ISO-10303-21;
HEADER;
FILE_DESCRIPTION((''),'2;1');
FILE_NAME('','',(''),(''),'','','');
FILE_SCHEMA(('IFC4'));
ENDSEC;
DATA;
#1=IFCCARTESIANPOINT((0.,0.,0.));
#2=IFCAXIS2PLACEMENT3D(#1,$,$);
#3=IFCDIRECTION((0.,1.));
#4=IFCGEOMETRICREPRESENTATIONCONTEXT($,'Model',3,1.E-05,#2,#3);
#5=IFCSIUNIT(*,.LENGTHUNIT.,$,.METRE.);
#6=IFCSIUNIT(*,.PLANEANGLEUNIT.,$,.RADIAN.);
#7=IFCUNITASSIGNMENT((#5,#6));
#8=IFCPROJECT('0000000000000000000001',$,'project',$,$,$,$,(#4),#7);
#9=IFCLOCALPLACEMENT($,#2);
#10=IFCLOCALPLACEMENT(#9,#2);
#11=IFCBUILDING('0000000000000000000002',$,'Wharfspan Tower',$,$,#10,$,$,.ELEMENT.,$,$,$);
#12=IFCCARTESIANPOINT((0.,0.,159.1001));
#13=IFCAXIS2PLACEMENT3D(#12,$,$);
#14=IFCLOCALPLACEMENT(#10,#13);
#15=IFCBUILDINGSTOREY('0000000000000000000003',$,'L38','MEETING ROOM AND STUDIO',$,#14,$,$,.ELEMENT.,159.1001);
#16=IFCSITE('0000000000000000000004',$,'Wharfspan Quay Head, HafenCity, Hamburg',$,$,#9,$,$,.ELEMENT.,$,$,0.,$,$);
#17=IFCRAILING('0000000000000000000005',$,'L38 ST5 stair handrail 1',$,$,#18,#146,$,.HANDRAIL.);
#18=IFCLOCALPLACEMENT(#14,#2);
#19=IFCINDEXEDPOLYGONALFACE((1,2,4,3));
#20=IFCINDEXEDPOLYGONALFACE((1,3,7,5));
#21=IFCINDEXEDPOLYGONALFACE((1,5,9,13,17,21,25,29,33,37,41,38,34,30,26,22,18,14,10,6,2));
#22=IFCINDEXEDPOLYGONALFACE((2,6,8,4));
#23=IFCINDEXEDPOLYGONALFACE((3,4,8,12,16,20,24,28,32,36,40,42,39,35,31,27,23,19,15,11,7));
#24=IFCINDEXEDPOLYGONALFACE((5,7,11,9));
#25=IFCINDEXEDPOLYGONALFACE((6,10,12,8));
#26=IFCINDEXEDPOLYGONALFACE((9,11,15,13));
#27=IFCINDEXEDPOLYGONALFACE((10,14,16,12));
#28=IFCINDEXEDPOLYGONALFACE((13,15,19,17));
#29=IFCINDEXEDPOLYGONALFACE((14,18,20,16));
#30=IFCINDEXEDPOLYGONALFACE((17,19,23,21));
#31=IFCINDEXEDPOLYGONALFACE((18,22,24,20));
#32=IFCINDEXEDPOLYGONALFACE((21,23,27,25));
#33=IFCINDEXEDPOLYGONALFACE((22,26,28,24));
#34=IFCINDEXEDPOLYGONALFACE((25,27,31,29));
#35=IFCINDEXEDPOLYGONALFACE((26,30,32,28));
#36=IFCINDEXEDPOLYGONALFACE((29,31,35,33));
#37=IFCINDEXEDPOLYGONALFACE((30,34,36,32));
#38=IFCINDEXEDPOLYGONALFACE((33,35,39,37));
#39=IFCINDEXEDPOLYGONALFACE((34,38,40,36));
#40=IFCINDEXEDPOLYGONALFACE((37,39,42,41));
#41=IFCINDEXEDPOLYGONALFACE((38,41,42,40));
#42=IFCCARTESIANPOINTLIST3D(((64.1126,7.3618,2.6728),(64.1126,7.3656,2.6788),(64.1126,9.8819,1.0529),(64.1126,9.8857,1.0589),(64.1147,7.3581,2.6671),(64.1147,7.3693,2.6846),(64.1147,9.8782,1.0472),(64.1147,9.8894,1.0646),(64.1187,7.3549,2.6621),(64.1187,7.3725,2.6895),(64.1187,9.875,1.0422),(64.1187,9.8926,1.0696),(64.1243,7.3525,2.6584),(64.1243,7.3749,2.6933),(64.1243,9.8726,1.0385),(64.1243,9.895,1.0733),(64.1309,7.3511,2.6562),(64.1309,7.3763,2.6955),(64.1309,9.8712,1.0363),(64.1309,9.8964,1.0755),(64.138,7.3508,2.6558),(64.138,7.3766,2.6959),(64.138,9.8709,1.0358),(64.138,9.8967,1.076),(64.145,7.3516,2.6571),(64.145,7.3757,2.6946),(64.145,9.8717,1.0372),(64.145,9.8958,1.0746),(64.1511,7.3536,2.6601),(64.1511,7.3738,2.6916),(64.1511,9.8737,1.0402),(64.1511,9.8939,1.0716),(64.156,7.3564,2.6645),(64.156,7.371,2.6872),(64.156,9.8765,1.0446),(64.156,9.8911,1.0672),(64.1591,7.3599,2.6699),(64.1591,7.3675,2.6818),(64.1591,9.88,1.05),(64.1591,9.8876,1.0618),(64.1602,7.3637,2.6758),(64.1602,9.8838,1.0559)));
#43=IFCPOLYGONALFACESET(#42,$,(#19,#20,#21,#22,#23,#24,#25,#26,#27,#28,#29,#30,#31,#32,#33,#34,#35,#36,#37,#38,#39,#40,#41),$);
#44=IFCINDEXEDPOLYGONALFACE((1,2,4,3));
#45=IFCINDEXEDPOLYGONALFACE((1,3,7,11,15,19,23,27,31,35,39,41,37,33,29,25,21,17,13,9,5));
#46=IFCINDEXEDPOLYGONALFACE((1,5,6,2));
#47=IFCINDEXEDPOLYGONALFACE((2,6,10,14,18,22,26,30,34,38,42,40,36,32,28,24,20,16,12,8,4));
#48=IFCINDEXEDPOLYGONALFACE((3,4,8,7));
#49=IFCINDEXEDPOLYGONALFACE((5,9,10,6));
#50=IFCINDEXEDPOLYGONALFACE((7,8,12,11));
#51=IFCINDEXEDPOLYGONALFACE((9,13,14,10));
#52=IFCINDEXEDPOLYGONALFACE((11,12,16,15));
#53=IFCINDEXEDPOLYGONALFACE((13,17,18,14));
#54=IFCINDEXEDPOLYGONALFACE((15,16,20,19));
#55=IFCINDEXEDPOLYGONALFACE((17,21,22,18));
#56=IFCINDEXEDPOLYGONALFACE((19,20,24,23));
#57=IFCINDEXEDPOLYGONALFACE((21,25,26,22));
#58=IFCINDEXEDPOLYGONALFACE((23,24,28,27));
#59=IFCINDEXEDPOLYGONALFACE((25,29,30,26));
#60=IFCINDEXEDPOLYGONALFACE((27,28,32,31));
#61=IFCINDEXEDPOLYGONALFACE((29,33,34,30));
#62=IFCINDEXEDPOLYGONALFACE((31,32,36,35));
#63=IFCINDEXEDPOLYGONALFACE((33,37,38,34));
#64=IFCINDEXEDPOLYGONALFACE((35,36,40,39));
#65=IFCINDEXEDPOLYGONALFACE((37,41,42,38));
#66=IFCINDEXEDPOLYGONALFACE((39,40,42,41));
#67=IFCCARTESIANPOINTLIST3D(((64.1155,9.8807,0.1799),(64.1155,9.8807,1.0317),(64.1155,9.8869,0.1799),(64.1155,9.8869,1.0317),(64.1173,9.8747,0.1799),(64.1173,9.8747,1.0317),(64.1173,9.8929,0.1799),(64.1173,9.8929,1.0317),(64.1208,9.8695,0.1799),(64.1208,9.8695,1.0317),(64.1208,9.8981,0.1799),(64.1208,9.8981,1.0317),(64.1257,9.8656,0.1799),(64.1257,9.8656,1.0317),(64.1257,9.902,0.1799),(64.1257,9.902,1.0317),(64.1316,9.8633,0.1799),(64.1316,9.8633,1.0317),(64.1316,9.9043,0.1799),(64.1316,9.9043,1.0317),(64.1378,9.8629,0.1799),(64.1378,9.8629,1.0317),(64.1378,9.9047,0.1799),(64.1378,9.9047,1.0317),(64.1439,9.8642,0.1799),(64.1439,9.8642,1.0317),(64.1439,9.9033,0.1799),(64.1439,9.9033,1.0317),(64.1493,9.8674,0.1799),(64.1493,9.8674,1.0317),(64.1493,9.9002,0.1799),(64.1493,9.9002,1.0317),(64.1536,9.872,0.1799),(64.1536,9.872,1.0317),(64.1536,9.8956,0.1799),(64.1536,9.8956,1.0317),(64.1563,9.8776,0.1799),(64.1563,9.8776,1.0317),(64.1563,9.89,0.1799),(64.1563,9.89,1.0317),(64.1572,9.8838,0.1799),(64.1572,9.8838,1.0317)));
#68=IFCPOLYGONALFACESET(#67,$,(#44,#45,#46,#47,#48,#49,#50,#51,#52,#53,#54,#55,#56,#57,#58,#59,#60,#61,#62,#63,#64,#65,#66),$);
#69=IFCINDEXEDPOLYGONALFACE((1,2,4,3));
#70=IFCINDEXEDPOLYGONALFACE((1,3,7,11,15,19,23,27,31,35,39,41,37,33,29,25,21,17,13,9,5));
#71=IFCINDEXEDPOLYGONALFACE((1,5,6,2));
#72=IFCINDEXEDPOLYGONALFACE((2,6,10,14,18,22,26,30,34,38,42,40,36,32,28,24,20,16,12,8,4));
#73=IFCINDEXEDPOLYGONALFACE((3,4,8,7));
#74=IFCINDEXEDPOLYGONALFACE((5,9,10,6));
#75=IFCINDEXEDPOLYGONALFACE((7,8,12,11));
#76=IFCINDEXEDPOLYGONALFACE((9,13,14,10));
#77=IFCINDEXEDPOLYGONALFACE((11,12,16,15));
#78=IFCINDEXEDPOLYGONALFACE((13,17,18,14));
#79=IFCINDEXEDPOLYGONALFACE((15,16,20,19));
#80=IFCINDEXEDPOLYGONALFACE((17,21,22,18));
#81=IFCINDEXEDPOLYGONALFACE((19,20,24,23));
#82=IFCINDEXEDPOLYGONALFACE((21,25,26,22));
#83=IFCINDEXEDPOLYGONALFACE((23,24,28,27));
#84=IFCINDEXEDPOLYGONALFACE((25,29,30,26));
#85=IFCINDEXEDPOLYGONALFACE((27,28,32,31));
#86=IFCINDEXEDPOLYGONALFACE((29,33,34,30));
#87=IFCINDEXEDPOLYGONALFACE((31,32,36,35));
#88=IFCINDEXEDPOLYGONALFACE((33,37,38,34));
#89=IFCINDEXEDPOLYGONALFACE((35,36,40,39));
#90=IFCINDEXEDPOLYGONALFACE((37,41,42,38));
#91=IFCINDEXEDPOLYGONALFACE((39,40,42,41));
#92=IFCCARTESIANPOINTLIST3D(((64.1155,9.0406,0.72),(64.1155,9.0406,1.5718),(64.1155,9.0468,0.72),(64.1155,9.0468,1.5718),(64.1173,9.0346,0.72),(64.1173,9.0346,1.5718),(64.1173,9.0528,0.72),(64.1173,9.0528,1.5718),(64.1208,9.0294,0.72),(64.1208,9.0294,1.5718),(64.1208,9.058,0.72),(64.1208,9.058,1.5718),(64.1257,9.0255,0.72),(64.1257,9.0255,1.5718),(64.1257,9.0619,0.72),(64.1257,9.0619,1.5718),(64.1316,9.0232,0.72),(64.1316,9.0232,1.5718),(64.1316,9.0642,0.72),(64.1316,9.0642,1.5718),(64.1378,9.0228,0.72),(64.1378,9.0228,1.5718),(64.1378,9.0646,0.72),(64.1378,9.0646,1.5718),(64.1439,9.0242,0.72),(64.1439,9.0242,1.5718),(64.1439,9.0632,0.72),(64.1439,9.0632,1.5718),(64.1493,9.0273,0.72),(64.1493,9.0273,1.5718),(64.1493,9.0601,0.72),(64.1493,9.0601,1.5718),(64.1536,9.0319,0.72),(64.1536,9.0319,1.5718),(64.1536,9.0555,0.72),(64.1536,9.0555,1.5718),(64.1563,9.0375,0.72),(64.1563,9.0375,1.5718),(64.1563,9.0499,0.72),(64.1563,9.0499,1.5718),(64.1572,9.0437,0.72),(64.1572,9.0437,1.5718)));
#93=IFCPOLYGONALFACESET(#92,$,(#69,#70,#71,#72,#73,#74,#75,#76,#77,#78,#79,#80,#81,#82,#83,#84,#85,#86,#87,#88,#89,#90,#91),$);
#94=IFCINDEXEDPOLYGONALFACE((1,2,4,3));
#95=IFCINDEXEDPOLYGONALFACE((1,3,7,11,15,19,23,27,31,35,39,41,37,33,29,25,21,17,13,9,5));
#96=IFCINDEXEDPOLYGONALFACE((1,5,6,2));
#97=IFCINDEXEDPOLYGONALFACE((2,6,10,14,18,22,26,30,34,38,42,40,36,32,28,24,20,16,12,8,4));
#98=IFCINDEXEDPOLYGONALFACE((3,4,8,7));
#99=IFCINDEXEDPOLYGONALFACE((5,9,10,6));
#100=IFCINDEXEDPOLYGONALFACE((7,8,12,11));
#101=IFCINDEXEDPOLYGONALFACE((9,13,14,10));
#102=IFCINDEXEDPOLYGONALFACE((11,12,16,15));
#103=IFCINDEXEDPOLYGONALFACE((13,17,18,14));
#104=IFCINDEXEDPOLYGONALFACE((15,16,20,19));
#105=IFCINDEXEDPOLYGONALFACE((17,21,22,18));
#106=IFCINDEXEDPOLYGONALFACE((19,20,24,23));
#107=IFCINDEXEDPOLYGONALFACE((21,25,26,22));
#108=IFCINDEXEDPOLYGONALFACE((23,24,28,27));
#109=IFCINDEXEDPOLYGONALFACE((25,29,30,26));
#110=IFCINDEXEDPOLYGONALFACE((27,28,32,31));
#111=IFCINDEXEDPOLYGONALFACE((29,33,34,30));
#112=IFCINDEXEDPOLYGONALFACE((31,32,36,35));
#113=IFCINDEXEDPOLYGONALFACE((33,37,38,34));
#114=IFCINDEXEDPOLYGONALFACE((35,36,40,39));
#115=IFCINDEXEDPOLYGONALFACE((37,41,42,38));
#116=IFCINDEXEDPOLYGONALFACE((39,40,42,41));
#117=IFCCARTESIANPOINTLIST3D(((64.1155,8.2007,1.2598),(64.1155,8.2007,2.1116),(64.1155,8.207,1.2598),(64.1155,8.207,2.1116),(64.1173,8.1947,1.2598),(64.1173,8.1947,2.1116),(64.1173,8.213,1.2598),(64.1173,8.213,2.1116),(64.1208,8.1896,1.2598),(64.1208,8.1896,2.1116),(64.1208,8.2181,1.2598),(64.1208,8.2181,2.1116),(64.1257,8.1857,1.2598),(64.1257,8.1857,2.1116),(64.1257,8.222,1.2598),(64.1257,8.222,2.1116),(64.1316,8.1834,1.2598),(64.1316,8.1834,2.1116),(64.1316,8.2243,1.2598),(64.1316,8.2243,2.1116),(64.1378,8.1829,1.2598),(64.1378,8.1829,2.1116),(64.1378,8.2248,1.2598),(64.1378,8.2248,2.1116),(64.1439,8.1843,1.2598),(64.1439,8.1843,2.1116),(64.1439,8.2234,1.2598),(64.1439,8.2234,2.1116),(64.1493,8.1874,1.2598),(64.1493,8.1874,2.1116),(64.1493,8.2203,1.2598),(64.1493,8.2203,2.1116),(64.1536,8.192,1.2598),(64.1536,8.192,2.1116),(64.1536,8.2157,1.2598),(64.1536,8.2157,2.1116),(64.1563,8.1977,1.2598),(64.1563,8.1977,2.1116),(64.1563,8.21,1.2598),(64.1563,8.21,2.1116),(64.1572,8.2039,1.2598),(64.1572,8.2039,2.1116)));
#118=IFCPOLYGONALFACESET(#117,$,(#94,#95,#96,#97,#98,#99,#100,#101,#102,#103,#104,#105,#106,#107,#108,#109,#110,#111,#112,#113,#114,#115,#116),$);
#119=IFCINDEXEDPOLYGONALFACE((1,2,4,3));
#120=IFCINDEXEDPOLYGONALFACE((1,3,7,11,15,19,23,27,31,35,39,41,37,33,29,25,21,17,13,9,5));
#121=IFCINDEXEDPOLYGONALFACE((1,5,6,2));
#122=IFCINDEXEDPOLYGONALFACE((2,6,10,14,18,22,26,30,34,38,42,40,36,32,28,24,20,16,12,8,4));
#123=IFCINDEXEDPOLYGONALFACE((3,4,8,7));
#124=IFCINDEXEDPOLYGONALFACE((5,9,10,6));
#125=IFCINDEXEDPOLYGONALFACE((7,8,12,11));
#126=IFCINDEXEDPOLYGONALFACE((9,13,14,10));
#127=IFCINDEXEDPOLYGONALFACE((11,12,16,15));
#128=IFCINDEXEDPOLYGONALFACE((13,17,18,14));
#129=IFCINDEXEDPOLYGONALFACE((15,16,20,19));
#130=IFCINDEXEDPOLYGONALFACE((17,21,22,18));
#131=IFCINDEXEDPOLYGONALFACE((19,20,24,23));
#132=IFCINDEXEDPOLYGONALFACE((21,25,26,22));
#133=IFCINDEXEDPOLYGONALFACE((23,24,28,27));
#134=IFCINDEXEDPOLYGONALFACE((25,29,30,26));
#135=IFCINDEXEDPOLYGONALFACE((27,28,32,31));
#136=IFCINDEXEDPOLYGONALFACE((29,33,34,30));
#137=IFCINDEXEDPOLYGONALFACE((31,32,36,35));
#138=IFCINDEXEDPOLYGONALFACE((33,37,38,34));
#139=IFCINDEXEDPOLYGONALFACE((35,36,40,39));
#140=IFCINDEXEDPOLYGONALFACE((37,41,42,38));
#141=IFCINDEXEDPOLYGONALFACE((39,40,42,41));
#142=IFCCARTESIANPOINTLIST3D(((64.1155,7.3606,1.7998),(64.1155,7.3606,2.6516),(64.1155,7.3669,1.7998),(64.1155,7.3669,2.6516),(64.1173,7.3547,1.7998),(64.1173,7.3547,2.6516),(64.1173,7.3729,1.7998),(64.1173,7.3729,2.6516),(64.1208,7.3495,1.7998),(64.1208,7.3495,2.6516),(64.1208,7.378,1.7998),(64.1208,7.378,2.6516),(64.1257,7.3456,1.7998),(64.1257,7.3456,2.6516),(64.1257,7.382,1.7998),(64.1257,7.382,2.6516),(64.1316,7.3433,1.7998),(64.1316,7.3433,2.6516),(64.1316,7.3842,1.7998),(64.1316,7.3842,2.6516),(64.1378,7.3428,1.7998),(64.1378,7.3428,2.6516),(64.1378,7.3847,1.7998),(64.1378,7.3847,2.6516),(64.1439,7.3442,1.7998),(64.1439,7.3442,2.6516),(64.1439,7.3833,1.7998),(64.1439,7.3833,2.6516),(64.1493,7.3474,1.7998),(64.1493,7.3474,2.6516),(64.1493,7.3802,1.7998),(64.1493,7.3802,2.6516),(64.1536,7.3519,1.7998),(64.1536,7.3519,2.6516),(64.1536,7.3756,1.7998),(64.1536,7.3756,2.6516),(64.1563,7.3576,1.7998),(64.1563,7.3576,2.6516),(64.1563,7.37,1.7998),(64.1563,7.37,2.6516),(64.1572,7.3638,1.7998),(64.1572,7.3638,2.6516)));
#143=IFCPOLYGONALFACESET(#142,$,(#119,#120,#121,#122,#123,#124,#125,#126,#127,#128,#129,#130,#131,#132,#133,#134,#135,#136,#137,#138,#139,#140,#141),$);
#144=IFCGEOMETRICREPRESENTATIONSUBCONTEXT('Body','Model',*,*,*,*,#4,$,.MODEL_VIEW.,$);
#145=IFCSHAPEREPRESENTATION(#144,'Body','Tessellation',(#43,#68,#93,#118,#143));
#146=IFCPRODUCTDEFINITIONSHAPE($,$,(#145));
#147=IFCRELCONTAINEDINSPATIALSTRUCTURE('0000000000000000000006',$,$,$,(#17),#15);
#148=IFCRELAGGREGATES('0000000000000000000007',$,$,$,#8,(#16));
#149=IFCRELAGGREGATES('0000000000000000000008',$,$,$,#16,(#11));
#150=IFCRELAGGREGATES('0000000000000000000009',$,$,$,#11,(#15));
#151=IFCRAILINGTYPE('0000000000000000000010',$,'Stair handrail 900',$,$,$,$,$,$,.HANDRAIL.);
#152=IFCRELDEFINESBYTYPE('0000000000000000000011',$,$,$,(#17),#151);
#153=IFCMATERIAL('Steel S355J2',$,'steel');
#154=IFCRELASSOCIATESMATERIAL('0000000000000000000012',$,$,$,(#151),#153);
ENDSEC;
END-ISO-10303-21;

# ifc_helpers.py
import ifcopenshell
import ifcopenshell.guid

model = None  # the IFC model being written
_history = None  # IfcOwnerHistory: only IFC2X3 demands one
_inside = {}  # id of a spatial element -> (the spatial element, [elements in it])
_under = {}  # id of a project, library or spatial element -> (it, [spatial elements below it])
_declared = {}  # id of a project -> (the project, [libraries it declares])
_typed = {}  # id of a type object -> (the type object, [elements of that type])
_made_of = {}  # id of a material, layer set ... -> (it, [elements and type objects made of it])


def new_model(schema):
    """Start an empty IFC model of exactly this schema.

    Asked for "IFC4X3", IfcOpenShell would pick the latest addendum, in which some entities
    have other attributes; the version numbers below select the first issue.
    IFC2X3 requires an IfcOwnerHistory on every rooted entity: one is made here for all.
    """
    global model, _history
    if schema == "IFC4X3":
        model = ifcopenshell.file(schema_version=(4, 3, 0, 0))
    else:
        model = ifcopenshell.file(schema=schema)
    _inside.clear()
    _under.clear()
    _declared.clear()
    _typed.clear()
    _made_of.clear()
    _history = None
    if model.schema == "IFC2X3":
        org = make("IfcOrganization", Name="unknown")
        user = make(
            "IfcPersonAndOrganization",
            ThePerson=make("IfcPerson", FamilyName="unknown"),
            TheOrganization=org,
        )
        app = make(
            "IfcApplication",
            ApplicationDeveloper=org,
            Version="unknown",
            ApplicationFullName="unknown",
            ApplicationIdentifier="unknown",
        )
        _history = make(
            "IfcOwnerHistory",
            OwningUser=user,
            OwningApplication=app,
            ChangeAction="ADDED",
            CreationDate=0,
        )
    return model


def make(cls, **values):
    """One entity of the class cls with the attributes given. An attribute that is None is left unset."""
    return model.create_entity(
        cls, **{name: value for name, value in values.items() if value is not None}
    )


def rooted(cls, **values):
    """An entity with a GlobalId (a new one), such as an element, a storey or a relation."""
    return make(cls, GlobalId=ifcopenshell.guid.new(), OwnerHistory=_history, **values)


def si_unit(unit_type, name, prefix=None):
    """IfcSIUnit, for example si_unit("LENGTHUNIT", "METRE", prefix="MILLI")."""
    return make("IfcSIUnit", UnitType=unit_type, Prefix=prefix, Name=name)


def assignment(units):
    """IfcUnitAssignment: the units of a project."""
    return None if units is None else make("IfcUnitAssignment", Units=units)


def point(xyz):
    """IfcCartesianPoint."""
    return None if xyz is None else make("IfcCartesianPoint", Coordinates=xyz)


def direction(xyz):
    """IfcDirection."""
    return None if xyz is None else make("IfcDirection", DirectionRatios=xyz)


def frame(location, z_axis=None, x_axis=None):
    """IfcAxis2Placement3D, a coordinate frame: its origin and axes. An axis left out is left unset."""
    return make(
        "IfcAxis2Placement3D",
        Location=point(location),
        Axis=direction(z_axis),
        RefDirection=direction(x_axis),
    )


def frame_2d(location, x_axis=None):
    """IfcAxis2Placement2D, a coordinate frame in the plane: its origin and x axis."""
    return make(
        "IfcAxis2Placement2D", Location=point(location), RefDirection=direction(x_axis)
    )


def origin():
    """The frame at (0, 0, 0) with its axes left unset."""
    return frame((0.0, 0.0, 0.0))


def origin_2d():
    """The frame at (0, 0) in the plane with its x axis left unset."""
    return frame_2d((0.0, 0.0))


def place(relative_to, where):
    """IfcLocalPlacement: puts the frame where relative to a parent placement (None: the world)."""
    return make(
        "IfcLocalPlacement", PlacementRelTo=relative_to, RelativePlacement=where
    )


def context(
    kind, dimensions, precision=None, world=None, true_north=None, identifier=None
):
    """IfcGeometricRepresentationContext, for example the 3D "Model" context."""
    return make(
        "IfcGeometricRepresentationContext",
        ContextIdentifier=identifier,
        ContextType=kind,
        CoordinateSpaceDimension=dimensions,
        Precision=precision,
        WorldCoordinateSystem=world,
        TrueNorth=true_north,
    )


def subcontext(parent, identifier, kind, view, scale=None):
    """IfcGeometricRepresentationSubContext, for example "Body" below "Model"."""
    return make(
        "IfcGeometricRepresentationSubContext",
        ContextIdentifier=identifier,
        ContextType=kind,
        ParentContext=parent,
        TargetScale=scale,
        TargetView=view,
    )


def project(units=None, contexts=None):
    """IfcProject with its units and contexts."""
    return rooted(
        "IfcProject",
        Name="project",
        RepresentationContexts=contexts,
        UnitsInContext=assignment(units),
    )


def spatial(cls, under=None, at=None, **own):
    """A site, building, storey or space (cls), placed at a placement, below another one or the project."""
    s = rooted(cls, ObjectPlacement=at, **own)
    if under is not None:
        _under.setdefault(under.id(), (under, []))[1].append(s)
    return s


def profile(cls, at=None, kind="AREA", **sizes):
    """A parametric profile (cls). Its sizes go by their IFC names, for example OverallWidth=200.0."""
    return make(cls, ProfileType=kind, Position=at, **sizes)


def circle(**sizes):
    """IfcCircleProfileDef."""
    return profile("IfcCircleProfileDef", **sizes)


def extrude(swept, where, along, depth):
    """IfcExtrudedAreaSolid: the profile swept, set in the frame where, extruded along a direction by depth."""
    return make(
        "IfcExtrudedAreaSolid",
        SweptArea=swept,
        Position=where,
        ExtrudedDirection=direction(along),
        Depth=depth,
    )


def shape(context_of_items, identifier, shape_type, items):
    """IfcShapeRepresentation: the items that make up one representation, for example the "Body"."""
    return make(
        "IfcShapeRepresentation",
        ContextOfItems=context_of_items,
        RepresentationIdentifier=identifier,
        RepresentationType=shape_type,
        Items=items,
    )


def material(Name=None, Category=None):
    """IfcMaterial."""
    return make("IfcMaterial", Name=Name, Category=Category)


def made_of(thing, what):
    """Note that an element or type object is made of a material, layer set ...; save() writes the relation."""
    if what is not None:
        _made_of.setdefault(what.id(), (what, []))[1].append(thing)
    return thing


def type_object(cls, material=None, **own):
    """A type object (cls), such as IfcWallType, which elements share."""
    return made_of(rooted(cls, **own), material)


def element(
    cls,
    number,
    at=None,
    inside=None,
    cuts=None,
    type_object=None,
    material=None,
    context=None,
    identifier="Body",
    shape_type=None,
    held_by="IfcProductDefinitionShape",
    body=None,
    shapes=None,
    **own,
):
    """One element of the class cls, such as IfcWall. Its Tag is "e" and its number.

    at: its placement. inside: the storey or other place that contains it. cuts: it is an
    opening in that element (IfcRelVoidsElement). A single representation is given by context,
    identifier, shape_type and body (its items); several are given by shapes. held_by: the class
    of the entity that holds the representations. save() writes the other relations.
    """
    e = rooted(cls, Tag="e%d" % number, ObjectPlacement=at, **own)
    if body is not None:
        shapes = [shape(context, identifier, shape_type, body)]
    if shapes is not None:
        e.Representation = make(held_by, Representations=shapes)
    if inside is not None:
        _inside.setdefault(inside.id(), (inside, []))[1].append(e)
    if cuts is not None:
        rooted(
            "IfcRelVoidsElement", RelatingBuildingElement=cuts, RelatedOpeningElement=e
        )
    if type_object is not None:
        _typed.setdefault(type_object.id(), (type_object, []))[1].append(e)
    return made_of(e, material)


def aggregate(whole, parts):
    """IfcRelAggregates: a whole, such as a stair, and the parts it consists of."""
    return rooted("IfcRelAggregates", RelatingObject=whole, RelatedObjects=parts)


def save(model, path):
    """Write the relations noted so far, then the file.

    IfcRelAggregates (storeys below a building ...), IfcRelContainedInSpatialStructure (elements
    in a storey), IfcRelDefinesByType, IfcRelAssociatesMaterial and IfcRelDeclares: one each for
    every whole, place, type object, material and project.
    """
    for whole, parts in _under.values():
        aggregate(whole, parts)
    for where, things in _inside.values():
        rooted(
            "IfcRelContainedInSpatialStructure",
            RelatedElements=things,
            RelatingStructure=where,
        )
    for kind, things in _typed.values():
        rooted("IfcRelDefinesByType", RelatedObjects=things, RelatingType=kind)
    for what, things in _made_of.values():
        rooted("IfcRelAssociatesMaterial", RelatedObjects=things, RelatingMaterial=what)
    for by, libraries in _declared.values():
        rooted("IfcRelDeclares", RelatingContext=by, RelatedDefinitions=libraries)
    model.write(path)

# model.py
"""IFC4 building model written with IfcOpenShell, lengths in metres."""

from ifc_helpers import new_model, si_unit, direction, frame, origin, origin_2d, place, context, subcontext, project, spatial, circle, extrude, material, type_object, element, save


model = new_model("IFC4")

# Units and contexts
model_context = context("Model", 3, precision=1e-05, world=origin(), true_north=direction((0.0, 1.0)))
body_context = subcontext(model_context, "Body", "Model", "MODEL_VIEW")
ifc_project = project(units=[si_unit("LENGTHUNIT", "METRE"), si_unit("PLANEANGLEUNIT", "RADIAN")], contexts=[model_context])

# Site, building, storey
site_placement = place(None, origin())
site = spatial("IfcSite", under=ifc_project, at=site_placement, Name="Wharfspan Quay Head, HafenCity, Hamburg", CompositionType="ELEMENT", RefElevation=0.0)
building_placement = place(site_placement, origin())
building = spatial("IfcBuilding", under=site, at=building_placement, Name="Wharfspan Tower", CompositionType="ELEMENT")
storey_placement = place(building_placement, frame((0.0, 0.0, 159.1001)))
storey = spatial("IfcBuildingStorey", under=building, at=storey_placement, Name="L38", Description="MEETING ROOM AND STUDIO", CompositionType="ELEMENT", Elevation=159.1001)

# Shared definitions
ifc_material_1 = material(Name="Steel S355J2", Category="steel")

# Railing
railing_type_1 = type_object("IfcRailingType", Name="Stair handrail 900", PredefinedType="HANDRAIL", material=ifc_material_1)
railing_1_placement = place(storey_placement, frame((64.1362, 9.8838, 0.1799)))
element("IfcRailing", 1, at=railing_1_placement, inside=storey, type_object=railing_type_1, Name="L38 ST5 stair handrail 1", PredefinedType="HANDRAIL", context=body_context, shape_type="SweptSolid", body=[
    extrude(circle(Radius=0.0239, at=origin_2d()), frame((0.0, 0.0, 0.876), z_axis=(0.0, -0.8412, 0.540725), x_axis=(1.0, 0.0, 0.0)), (0.0, 0.0, 1.0), 2.9958),
    extrude(circle(Radius=0.021, at=origin_2d()), origin(), (0.0, 0.0, 1.0), 0.8518),
    extrude(circle(Radius=0.021, at=origin_2d()), frame((0.0, -0.8401, 0.54)), (0.0, 0.0, 1.0), 0.8518),
    extrude(circle(Radius=0.021, at=origin_2d()), frame((0.0, -1.6799, 1.0798)), (0.0, 0.0, 1.0), 0.8518),
    extrude(circle(Radius=0.021, at=origin_2d()), frame((0.0, -2.52, 1.6199)), (0.0, 0.0, 1.0), 0.8518),
])

save(model, "model.ifc")
